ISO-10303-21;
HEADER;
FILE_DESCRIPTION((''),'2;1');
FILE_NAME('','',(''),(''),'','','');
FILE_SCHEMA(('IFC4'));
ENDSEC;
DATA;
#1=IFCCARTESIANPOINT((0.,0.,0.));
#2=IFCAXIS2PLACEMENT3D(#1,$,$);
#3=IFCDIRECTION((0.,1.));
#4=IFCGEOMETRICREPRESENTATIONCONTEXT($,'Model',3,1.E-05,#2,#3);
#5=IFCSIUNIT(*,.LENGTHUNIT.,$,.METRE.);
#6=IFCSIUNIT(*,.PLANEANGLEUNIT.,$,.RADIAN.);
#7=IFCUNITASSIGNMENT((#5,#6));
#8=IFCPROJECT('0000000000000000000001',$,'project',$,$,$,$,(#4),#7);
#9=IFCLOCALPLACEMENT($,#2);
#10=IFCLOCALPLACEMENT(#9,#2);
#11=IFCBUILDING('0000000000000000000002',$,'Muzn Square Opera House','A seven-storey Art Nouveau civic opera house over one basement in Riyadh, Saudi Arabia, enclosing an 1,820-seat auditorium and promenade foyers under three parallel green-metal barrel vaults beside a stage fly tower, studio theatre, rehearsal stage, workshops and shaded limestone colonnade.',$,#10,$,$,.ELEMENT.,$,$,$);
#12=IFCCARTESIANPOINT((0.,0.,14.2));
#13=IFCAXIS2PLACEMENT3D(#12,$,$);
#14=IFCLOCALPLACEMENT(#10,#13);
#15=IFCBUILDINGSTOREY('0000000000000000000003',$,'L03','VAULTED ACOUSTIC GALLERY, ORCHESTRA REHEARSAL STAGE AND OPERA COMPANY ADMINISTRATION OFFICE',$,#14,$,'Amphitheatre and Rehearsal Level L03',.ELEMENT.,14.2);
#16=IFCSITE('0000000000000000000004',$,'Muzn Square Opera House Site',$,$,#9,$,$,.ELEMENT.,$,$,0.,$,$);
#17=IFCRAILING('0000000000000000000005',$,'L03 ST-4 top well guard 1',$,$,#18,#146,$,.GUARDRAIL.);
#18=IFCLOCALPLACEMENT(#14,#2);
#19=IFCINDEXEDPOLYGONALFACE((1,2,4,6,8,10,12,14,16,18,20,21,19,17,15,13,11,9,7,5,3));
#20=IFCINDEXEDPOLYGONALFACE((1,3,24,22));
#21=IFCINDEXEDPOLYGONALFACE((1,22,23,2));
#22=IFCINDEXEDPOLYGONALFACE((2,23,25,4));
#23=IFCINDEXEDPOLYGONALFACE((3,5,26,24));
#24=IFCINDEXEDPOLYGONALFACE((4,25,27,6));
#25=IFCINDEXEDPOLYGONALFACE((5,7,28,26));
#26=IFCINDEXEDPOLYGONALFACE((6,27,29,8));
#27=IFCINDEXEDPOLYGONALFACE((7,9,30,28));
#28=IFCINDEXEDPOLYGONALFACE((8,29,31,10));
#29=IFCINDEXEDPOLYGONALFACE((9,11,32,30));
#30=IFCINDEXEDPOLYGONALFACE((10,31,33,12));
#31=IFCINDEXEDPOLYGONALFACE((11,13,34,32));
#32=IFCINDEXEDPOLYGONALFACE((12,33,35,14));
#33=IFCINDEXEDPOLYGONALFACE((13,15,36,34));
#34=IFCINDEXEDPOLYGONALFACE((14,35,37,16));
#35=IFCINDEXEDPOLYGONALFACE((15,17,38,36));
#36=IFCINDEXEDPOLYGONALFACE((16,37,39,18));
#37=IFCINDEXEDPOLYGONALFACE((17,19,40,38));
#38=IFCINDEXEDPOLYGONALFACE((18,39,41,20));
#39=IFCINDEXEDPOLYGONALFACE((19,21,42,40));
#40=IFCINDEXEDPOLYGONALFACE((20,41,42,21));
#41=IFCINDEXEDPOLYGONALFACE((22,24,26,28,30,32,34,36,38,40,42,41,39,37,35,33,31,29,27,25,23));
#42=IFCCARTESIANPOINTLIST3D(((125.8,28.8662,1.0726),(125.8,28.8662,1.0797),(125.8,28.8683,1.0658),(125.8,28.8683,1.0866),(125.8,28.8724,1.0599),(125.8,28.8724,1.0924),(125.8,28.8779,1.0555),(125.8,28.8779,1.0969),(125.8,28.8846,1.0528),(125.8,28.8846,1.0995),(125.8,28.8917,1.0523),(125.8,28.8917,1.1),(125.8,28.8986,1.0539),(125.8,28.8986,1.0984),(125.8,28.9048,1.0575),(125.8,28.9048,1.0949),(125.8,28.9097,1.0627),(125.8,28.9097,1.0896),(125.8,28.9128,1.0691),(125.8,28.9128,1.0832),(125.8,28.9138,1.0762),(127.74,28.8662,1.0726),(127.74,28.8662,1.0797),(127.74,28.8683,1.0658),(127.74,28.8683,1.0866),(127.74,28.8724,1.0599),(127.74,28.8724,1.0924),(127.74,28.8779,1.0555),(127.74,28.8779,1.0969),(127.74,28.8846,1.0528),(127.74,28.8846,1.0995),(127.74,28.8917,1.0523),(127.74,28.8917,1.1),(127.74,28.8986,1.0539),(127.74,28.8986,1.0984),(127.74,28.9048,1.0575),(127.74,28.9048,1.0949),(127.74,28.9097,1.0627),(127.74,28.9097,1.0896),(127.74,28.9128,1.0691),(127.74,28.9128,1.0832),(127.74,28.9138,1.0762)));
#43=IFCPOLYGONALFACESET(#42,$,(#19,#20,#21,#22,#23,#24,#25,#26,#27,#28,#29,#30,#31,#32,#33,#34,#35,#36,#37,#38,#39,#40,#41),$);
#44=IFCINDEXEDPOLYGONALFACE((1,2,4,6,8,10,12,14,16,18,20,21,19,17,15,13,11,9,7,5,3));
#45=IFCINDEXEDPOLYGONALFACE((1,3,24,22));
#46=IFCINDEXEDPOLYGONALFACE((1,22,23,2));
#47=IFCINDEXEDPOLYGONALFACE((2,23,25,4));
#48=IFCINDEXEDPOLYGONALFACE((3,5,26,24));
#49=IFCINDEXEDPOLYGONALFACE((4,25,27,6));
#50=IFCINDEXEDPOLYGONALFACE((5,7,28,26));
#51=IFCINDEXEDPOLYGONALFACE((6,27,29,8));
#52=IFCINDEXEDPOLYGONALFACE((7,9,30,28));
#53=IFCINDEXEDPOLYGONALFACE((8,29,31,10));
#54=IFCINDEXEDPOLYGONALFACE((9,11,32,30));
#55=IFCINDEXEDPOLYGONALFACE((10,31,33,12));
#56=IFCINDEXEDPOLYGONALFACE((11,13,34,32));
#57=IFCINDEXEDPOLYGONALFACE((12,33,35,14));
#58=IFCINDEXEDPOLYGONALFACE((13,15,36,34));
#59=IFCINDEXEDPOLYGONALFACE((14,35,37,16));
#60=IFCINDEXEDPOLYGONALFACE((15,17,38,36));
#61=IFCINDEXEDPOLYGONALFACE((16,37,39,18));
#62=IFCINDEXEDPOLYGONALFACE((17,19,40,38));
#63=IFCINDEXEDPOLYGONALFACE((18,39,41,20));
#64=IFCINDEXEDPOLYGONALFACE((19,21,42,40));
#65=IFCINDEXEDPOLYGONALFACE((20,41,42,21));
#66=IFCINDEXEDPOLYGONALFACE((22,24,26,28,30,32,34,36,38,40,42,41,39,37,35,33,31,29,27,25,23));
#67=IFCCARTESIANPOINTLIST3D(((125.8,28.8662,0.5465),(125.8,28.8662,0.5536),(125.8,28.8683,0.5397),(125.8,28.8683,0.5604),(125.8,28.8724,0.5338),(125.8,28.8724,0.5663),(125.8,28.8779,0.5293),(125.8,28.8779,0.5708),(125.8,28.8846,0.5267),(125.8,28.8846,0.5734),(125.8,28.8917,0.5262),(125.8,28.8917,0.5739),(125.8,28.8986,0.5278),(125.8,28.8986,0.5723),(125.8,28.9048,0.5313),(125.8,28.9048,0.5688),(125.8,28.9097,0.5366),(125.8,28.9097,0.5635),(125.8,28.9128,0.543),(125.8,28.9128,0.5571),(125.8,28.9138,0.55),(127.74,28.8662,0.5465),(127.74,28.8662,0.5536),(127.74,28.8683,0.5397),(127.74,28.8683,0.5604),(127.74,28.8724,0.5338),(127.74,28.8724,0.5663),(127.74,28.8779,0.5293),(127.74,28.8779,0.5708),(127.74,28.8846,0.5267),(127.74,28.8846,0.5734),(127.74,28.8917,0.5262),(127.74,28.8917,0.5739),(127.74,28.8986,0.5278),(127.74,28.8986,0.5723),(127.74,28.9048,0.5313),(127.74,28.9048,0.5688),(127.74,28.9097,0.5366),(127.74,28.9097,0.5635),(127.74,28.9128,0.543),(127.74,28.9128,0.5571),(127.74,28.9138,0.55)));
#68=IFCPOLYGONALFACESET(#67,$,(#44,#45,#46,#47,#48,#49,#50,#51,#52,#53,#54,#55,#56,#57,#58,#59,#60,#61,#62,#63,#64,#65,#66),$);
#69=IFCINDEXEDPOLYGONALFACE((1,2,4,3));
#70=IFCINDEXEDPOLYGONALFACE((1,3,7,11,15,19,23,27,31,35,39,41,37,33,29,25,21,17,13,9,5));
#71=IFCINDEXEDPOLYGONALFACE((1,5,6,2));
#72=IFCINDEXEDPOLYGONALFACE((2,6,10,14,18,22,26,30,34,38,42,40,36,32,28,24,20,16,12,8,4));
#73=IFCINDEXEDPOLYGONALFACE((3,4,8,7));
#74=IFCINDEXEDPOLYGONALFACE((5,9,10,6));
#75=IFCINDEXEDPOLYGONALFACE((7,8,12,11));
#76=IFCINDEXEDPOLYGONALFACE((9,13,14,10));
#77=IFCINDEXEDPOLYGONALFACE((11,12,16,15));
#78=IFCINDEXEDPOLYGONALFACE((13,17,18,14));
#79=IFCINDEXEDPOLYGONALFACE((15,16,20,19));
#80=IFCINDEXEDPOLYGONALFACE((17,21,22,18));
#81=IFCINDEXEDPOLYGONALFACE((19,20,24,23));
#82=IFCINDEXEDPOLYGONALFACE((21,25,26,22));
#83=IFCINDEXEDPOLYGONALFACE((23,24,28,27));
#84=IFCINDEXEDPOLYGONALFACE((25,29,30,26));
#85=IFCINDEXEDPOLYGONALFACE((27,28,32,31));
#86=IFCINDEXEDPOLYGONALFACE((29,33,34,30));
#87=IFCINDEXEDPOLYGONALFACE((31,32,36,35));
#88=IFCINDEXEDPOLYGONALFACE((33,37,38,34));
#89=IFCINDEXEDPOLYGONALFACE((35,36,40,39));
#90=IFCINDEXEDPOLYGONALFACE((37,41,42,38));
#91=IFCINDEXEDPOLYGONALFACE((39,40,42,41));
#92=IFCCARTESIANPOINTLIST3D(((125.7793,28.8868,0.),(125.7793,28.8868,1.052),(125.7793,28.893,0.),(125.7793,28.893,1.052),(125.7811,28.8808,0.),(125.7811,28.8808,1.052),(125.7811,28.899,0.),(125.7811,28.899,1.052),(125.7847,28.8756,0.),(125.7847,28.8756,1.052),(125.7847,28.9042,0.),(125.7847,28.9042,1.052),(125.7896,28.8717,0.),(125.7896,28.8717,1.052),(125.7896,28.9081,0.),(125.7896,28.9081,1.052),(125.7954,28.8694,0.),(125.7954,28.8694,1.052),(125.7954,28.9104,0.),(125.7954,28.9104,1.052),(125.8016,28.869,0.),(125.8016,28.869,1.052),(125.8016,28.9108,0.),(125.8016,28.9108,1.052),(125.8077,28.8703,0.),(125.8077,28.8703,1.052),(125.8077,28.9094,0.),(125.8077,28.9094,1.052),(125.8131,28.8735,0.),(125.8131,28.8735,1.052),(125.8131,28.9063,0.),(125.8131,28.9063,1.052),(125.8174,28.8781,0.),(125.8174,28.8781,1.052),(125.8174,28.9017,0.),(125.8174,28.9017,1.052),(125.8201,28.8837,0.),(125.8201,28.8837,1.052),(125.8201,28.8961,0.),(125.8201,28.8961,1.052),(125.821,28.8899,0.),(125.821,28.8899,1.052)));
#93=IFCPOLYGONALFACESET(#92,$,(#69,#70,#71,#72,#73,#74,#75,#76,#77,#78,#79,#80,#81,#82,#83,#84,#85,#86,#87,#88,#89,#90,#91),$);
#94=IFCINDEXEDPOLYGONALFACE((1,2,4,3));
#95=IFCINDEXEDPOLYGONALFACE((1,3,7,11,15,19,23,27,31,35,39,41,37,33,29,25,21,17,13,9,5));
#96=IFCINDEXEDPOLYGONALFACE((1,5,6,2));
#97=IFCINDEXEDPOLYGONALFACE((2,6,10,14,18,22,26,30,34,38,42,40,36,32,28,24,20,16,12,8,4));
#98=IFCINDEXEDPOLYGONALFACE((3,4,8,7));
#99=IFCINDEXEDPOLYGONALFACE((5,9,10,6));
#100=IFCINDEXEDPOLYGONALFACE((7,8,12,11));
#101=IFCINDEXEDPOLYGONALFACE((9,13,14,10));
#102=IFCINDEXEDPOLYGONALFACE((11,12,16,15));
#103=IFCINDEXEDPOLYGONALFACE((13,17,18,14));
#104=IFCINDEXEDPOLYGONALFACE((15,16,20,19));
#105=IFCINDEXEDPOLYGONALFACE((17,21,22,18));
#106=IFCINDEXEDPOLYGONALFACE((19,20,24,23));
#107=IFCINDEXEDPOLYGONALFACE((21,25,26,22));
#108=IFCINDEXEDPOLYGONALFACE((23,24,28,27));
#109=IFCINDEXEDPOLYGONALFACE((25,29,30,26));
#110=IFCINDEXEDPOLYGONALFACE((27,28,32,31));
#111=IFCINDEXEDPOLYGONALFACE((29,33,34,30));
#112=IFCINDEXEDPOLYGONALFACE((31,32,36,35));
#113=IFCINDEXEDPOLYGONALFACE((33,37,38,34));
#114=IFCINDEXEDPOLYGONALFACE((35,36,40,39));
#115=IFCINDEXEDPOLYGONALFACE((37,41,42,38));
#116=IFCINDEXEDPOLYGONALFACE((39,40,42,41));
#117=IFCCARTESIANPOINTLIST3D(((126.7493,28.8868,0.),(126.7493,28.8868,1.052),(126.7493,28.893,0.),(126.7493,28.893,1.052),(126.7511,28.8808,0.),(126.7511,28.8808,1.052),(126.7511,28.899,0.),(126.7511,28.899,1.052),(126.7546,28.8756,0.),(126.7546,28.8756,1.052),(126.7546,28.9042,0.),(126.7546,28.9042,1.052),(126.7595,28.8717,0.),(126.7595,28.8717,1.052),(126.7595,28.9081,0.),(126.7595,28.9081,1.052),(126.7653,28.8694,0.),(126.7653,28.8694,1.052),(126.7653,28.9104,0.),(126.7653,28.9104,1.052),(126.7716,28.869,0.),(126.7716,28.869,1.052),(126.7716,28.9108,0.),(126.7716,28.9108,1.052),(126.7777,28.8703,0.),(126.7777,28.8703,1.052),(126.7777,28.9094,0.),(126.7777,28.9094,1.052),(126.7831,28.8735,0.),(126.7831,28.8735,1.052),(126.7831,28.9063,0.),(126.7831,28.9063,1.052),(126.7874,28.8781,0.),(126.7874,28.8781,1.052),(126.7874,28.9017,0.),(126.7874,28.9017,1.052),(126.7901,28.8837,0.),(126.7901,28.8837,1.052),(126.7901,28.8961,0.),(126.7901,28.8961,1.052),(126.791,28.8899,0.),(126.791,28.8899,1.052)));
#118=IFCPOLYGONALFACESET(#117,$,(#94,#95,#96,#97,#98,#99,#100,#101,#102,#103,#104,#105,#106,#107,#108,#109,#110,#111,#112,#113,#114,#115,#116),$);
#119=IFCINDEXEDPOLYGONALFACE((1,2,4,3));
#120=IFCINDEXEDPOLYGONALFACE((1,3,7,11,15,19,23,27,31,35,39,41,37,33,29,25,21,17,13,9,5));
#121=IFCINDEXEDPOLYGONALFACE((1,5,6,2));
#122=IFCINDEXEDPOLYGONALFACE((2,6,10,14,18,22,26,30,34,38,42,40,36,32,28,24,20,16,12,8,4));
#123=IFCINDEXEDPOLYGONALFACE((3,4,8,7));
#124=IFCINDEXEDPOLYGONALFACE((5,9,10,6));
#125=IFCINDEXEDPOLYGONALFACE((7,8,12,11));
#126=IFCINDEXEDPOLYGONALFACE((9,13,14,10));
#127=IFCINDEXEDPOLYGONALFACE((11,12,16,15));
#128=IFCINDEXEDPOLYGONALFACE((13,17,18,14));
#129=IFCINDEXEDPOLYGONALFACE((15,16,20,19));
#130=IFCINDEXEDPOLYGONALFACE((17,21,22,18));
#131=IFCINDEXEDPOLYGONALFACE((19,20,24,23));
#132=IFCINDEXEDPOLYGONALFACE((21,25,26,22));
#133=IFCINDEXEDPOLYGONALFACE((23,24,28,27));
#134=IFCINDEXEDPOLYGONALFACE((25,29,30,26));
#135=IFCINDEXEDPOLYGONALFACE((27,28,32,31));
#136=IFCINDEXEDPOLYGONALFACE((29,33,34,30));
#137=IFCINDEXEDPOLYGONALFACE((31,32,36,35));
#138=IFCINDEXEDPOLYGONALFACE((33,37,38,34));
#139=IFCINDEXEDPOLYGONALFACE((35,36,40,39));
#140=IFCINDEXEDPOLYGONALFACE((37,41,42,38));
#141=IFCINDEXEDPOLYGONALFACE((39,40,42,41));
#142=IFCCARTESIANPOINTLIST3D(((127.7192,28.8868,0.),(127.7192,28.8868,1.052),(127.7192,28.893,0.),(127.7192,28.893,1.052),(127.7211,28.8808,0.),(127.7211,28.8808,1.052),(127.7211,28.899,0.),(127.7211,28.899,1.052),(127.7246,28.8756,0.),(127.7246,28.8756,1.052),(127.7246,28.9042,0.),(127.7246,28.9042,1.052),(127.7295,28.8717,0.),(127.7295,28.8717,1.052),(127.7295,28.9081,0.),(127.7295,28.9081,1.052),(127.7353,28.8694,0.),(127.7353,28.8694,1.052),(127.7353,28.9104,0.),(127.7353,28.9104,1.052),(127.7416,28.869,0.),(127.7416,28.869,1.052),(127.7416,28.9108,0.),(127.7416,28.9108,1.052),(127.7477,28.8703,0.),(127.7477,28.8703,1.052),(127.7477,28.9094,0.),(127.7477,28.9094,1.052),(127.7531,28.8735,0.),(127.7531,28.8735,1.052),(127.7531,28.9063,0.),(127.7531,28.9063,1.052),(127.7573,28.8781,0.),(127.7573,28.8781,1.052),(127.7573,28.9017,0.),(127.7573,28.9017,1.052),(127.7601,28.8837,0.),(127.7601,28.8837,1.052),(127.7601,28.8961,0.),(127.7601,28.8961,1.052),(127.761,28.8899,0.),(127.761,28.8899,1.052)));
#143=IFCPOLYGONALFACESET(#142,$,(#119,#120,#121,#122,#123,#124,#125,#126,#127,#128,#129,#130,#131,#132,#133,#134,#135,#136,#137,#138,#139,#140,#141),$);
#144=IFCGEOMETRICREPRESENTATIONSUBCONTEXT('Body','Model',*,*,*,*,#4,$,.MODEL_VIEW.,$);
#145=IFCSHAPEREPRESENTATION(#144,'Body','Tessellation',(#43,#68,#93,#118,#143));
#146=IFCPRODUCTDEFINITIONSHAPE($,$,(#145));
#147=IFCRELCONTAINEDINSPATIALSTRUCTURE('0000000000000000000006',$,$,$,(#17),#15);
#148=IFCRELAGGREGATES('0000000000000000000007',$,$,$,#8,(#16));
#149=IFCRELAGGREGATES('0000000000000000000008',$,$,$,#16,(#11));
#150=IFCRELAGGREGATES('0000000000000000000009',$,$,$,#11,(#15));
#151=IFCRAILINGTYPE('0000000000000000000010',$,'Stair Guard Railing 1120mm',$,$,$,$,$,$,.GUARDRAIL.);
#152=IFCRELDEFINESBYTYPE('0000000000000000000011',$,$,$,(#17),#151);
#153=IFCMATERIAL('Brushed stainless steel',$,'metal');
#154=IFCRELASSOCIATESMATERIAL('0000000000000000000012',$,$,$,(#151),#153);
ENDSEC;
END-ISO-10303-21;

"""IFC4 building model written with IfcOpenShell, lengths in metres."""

from ifc_helpers import new_model, si_unit, direction, frame, origin, origin_2d, place, context, subcontext, project, spatial, circle, extrude, material, type_object, element, save


model = new_model("IFC4")

# Units and contexts
model_context = context("Model", 3, precision=1e-05, world=origin(), true_north=direction((0.0, 1.0)))
body_context = subcontext(model_context, "Body", "Model", "MODEL_VIEW")
ifc_project = project(units=[si_unit("LENGTHUNIT", "METRE"), si_unit("PLANEANGLEUNIT", "RADIAN")], contexts=[model_context])

# Site, building, storey
site_placement = place(None, origin())
site = spatial("IfcSite", under=ifc_project, at=site_placement, Name="Muzn Square Opera House Site", CompositionType="ELEMENT", RefElevation=0.0)
building_placement = place(site_placement, origin())
building = spatial("IfcBuilding", under=site, at=building_placement, Name="Muzn Square Opera House", Description="A seven-storey Art Nouveau civic opera house over one basement in Riyadh, Saudi Arabia, enclosing an 1,820-seat auditorium and promenade foyers under three parallel green-metal barrel vaults beside a stage fly tower, studio theatre, rehearsal stage, workshops and shaded limestone colonnade.", CompositionType="ELEMENT")
storey_placement = place(building_placement, frame((0.0, 0.0, 14.2)))
storey = spatial("IfcBuildingStorey", under=building, at=storey_placement, Name="L03", Description="VAULTED ACOUSTIC GALLERY, ORCHESTRA REHEARSAL STAGE AND OPERA COMPANY ADMINISTRATION OFFICE", LongName="Amphitheatre and Rehearsal Level L03", CompositionType="ELEMENT", Elevation=14.2)

# Shared definitions
ifc_material_1 = material(Name="Brushed stainless steel", Category="metal")

# Railing
railing_type = type_object("IfcRailingType", Name="Stair Guard Railing 1120mm", PredefinedType="GUARDRAIL", material=ifc_material_1)
railing_placement = place(storey_placement, frame((125.8, 28.8899, 0.0)))
element("IfcRailing", 1, at=railing_placement, inside=storey, type_object=railing_type, Name="L03 ST-4 top well guard 1", PredefinedType="GUARDRAIL", context=body_context, shape_type="SweptSolid", body=[
    extrude(circle(Radius=0.0239, at=origin_2d()), frame((0.0, 0.0, 1.0762), z_axis=(1.0, 0.0, 0.0), x_axis=(0.0, 1.0, 0.0)), (0.0, 0.0, 1.0), 1.9399),
    extrude(circle(Radius=0.0239, at=origin_2d()), frame((0.0, 0.0, 0.55), z_axis=(1.0, 0.0, 0.0), x_axis=(0.0, 1.0, 0.0)), (0.0, 0.0, 1.0), 1.9399),
    extrude(circle(Radius=0.021, at=origin_2d()), origin(), (0.0, 0.0, 1.0), 1.052),
    extrude(circle(Radius=0.021, at=origin_2d()), frame((0.97, 0.0, 0.0)), (0.0, 0.0, 1.0), 1.052),
    extrude(circle(Radius=0.021, at=origin_2d()), frame((1.9399, 0.0, 0.0)), (0.0, 0.0, 1.0), 1.052),
])

save(model, "model.ifc")
